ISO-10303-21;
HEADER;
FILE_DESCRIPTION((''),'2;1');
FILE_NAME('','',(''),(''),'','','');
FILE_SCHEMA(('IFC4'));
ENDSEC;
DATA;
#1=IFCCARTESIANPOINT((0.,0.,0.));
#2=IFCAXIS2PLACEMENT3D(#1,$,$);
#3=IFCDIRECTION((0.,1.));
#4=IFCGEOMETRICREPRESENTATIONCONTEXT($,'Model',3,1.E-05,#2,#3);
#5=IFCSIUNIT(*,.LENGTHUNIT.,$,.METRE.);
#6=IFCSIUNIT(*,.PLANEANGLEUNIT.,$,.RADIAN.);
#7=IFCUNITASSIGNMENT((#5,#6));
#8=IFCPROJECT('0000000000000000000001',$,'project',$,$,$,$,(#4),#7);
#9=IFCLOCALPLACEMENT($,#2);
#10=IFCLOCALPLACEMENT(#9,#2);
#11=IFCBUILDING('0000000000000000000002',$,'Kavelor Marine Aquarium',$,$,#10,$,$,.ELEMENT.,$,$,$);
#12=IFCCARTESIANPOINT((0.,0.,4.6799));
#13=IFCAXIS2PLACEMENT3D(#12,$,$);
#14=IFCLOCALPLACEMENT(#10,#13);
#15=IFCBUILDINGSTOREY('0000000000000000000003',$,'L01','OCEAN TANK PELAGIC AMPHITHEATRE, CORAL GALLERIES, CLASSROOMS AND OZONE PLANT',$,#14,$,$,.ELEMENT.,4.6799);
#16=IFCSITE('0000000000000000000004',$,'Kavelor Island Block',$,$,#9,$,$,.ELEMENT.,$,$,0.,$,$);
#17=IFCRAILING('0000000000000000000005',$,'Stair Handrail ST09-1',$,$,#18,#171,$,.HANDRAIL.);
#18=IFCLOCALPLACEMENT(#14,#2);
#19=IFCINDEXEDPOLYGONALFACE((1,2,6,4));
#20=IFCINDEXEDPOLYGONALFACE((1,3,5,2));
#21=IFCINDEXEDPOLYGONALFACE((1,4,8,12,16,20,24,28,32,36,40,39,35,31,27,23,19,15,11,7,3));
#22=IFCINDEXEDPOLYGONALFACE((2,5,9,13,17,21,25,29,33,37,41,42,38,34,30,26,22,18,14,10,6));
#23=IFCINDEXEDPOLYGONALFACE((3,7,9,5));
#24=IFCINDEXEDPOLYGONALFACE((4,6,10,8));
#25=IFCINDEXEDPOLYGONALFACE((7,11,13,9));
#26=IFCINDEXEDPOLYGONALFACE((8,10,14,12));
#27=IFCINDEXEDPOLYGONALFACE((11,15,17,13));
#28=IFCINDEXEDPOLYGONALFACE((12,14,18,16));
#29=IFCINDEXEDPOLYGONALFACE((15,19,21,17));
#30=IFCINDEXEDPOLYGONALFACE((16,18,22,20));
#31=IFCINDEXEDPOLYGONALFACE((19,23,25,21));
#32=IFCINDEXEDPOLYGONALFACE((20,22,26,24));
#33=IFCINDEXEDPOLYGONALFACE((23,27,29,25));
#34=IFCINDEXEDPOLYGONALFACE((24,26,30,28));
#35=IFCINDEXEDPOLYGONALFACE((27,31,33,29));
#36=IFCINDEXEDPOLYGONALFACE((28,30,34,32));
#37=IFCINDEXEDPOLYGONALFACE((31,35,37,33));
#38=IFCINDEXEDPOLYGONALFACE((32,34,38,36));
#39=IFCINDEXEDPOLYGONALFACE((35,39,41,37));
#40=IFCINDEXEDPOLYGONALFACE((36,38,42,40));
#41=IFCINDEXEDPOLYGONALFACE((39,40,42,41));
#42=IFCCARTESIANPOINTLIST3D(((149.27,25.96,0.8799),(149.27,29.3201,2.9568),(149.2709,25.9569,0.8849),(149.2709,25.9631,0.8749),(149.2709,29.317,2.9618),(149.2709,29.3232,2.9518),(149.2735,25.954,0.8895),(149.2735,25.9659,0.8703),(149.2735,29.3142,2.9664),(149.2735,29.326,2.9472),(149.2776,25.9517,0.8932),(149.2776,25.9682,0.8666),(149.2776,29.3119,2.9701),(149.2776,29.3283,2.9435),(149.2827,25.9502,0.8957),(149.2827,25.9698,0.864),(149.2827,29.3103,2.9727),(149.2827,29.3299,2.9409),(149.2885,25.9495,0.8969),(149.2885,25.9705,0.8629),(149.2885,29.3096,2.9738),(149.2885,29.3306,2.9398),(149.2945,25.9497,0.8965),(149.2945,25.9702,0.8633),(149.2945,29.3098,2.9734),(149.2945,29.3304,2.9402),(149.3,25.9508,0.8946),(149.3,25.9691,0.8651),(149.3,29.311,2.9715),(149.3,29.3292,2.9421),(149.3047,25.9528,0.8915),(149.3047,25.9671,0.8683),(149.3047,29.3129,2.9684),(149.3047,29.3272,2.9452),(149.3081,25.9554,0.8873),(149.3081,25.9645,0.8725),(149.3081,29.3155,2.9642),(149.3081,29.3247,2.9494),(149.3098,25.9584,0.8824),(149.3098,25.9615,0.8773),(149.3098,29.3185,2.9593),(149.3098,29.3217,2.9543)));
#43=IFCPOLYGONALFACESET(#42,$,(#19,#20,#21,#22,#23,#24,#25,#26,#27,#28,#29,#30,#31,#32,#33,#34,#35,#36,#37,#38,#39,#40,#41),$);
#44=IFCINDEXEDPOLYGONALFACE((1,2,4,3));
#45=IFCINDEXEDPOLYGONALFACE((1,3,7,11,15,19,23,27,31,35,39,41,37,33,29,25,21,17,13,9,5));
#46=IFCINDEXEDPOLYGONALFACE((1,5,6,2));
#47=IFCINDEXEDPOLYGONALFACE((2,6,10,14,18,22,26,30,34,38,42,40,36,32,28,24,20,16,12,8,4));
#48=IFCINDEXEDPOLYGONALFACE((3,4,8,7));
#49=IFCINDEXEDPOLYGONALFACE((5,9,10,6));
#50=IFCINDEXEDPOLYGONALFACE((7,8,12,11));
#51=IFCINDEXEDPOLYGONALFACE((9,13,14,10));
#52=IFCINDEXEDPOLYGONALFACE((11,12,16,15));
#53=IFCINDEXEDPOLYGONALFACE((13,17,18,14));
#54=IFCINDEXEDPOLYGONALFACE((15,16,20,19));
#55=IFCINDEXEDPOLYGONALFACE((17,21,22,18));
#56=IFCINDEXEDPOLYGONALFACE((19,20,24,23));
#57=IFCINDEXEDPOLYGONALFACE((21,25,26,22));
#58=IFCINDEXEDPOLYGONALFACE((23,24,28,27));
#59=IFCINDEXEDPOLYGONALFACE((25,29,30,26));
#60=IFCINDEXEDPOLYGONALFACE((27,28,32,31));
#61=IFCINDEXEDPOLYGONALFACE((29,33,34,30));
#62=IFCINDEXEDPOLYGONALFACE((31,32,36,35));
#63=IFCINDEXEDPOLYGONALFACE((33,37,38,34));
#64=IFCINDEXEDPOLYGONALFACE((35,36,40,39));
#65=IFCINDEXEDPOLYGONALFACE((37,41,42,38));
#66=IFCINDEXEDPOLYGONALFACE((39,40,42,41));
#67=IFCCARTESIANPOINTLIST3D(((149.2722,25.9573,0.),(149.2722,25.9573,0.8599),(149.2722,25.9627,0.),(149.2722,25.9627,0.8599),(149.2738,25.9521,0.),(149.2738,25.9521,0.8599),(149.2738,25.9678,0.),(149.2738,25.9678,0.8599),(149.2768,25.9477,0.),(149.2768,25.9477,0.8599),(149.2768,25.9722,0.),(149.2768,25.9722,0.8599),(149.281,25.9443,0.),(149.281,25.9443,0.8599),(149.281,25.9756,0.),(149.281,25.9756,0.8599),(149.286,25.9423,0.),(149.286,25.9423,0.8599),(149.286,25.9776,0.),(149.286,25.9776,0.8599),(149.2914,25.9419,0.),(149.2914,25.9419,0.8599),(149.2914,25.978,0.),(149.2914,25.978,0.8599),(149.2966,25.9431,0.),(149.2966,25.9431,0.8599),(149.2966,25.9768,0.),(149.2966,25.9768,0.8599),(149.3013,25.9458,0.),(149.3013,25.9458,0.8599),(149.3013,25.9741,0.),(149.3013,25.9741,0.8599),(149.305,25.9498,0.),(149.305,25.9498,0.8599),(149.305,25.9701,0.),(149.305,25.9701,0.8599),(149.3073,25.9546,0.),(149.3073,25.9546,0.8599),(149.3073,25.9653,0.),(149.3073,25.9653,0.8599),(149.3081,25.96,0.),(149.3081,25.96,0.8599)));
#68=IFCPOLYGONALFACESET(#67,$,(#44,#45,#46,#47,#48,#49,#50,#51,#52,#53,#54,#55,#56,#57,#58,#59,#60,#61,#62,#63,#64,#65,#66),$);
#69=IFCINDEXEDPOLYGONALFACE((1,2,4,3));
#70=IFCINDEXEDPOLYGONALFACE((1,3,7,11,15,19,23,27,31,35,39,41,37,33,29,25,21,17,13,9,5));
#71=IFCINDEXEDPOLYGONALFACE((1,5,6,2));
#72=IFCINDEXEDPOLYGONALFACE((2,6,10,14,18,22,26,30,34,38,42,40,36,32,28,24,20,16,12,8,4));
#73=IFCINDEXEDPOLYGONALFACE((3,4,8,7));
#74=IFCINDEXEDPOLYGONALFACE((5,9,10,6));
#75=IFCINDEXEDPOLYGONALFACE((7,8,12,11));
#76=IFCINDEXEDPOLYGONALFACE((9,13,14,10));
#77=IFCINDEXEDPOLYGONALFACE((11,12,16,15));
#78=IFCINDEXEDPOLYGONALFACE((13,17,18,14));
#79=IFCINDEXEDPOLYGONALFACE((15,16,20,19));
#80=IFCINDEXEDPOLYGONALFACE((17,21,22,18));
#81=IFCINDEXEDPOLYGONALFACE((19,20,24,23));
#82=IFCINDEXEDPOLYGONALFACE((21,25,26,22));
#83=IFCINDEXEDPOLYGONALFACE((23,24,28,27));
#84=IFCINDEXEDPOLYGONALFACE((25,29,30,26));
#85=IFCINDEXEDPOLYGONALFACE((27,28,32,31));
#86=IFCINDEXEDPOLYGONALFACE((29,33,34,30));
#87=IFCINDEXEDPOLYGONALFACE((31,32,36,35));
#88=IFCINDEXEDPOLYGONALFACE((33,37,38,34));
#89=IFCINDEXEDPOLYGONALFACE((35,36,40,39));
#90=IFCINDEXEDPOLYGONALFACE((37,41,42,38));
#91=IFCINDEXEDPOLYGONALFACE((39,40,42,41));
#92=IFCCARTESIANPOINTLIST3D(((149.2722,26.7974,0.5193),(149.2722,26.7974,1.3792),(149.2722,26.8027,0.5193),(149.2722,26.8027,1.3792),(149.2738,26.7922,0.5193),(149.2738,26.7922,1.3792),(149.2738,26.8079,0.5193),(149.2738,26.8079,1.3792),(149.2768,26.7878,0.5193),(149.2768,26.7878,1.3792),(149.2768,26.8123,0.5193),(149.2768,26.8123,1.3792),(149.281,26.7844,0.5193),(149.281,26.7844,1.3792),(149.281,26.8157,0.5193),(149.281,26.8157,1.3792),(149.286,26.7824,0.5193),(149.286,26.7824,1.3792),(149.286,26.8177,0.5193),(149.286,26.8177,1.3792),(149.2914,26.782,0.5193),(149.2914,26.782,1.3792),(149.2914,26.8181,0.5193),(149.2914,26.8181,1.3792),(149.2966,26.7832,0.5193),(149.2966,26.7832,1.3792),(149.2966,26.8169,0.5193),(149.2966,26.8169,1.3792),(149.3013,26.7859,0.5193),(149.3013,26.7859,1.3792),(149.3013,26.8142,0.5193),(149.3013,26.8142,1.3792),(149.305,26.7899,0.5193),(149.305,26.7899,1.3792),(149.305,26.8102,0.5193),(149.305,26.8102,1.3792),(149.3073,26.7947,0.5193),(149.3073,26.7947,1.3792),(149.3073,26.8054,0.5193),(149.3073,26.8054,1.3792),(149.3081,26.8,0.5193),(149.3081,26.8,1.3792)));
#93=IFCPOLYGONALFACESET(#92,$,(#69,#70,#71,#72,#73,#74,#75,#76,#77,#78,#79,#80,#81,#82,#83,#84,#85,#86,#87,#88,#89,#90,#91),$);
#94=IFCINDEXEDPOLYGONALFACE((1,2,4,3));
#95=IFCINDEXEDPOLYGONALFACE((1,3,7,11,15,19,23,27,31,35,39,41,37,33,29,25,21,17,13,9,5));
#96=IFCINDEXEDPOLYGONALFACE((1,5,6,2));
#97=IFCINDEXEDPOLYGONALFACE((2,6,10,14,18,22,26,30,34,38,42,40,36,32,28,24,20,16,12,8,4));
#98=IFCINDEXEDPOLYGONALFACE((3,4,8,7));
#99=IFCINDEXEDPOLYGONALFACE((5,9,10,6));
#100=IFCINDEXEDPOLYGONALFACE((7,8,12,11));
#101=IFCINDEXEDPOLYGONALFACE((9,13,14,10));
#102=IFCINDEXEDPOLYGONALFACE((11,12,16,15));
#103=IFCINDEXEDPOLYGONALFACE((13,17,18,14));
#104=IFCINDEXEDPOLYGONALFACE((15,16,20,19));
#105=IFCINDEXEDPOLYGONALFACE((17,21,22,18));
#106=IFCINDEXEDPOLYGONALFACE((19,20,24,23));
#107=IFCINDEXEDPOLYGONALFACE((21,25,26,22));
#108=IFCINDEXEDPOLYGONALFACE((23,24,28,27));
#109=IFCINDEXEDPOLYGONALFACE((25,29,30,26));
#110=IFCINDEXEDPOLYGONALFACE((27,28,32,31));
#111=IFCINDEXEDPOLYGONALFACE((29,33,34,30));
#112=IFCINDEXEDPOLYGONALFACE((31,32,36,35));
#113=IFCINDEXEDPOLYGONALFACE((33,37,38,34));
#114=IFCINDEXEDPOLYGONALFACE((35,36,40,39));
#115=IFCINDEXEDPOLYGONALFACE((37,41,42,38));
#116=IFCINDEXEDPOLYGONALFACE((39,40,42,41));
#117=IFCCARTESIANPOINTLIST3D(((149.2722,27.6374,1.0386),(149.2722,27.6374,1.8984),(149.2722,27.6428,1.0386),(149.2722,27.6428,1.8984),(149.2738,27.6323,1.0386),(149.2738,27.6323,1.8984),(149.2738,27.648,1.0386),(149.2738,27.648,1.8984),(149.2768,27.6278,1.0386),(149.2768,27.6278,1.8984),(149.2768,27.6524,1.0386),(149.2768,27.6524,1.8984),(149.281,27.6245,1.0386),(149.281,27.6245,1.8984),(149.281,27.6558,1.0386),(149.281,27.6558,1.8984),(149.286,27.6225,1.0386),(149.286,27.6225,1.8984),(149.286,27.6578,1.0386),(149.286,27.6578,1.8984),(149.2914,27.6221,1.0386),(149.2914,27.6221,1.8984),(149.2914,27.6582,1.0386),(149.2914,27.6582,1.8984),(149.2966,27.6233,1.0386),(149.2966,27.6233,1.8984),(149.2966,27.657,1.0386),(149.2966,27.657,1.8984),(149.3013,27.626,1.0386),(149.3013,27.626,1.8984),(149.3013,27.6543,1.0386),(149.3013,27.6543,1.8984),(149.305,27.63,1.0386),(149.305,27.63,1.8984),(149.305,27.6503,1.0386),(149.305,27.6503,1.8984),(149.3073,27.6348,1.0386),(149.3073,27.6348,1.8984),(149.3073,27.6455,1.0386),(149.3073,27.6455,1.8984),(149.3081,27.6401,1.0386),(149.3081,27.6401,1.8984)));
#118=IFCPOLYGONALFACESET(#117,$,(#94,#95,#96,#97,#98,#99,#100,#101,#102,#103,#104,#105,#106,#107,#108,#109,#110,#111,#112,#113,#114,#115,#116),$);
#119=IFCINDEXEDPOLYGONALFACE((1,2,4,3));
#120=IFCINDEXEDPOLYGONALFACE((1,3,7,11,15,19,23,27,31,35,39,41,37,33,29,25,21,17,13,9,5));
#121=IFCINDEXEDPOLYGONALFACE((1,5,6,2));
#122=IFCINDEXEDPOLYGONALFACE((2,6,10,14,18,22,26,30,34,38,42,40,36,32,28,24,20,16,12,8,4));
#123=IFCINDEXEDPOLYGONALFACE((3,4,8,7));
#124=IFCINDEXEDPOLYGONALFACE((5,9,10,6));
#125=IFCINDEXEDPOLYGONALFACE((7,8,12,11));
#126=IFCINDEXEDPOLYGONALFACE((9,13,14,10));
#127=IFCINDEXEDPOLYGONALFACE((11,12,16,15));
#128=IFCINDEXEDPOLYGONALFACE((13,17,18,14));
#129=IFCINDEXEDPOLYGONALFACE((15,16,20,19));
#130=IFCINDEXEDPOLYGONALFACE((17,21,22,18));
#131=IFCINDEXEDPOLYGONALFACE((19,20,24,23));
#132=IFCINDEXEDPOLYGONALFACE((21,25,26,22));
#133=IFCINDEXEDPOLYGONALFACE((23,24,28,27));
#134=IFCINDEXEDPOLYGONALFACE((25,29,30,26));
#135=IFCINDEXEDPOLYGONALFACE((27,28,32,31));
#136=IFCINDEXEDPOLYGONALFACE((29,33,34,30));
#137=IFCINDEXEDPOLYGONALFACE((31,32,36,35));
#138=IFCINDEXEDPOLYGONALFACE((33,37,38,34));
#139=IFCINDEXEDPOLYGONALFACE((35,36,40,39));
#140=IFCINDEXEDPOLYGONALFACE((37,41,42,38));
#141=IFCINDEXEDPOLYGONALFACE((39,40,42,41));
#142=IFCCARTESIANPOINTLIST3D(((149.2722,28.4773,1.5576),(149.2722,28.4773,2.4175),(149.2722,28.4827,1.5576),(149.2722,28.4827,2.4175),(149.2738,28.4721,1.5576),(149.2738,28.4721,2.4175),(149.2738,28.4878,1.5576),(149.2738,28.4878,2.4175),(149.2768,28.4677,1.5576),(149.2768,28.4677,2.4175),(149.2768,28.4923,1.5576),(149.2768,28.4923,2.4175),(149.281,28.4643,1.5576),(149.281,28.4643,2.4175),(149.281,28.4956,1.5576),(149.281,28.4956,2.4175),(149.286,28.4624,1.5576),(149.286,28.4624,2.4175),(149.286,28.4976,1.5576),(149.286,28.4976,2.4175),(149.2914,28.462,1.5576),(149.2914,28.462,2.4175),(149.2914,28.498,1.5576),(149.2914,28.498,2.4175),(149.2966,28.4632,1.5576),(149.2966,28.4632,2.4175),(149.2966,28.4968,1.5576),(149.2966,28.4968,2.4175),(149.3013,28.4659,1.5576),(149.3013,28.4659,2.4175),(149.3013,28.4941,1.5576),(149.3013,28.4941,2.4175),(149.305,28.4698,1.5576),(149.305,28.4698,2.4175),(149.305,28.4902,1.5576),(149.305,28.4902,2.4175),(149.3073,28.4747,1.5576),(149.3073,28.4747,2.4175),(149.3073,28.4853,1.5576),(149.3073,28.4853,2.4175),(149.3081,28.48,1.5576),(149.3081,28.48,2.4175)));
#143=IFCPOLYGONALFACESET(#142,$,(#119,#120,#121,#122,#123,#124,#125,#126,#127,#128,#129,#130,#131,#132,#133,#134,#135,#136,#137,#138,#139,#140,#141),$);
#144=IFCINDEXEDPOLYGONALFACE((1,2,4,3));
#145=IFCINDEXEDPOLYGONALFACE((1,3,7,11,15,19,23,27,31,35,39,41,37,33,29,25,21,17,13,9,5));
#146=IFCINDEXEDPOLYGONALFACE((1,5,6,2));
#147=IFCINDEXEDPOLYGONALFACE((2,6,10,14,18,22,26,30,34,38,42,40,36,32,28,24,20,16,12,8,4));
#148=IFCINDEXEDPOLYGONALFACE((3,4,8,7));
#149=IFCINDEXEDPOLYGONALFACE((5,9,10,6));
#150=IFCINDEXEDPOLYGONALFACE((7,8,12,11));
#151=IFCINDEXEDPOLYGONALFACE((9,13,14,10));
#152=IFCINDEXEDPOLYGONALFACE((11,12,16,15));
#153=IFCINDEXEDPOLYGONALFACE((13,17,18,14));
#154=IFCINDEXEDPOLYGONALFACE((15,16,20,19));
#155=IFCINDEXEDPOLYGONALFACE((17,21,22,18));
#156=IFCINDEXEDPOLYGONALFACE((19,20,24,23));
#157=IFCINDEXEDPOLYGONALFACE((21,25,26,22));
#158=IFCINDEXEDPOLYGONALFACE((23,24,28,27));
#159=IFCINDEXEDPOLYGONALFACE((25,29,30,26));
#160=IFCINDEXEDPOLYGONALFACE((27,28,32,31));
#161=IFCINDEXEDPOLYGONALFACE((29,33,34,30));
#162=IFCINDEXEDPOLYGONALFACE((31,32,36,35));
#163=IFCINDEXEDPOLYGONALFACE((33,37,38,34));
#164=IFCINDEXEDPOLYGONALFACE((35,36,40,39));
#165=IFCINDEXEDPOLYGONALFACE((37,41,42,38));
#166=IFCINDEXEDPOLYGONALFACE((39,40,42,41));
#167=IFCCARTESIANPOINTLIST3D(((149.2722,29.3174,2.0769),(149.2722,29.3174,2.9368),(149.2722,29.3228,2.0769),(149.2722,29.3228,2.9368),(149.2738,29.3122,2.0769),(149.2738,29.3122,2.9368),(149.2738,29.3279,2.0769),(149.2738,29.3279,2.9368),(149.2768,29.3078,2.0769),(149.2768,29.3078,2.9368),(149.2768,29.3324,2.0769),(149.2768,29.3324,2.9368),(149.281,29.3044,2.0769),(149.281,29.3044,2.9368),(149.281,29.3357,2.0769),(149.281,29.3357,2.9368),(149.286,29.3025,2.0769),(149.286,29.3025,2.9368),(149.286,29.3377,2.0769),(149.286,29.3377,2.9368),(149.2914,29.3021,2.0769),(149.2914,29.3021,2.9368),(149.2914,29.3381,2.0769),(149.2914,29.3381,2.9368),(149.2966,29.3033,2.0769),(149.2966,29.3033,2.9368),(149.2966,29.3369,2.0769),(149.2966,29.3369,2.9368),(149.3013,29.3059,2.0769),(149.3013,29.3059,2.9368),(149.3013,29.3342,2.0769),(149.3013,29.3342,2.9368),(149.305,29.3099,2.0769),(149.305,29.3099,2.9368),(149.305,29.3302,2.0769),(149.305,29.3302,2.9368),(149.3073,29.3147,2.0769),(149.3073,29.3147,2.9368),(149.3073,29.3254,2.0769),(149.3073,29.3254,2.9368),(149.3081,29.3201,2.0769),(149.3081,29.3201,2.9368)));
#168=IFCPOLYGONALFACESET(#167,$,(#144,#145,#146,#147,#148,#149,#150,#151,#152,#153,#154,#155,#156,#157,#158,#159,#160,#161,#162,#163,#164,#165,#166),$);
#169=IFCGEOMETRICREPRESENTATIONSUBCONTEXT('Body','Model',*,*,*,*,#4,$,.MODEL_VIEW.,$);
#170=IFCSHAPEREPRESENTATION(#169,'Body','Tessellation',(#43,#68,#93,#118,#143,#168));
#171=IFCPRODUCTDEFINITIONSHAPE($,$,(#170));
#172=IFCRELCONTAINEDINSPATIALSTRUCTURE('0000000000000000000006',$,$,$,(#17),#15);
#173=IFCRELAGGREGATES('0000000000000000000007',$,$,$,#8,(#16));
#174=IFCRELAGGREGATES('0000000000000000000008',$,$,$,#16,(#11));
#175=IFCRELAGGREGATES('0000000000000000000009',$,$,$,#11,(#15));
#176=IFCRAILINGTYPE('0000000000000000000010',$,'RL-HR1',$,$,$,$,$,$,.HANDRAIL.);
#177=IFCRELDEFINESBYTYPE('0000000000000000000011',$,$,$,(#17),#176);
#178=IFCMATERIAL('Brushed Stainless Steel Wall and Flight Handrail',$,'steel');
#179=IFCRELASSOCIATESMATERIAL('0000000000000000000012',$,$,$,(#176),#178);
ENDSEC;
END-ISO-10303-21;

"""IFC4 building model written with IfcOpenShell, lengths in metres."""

from ifc_helpers import new_model, si_unit, direction, frame, origin, origin_2d, place, context, subcontext, project, spatial, circle, extrude, material, type_object, element, save


model = new_model("IFC4")

# Units and contexts
model_context = context("Model", 3, precision=1e-05, world=origin(), true_north=direction((0.0, 1.0)))
body_context = subcontext(model_context, "Body", "Model", "MODEL_VIEW")
ifc_project = project(units=[si_unit("LENGTHUNIT", "METRE"), si_unit("PLANEANGLEUNIT", "RADIAN")], contexts=[model_context])

# Site, building, storey
site_placement = place(None, origin())
site = spatial("IfcSite", under=ifc_project, at=site_placement, Name="Kavelor Island Block", CompositionType="ELEMENT", RefElevation=0.0)
building_placement = place(site_placement, origin())
building = spatial("IfcBuilding", under=site, at=building_placement, Name="Kavelor Marine Aquarium", CompositionType="ELEMENT")
storey_placement = place(building_placement, frame((0.0, 0.0, 4.6799)))
storey = spatial("IfcBuildingStorey", under=building, at=storey_placement, Name="L01", Description="OCEAN TANK PELAGIC AMPHITHEATRE, CORAL GALLERIES, CLASSROOMS AND OZONE PLANT", CompositionType="ELEMENT", Elevation=4.6799)

# Railing
ifc_material_1 = material(Name="Brushed Stainless Steel Wall and Flight Handrail", Category="steel")
railing_type_1 = type_object("IfcRailingType", Name="RL-HR1", PredefinedType="HANDRAIL", material=ifc_material_1)
railing_1_placement = place(storey_placement, frame((149.29, 25.96, 0.0)))
element("IfcRailing", 1, at=railing_1_placement, inside=storey, type_object=railing_type_1, Name="Stair Handrail ST09-1", PredefinedType="HANDRAIL", context=body_context, shape_type="SweptSolid", body=[
    extrude(circle(Radius=0.02, at=origin_2d()), frame((0.0, 0.0, 0.8799), z_axis=(0.0, 0.850623, 0.525776), x_axis=(-1.0, 0.0, 0.0)), (0.0, 0.0, 1.0), 3.9502),
    extrude(circle(Radius=0.0181, at=origin_2d()), origin(), (0.0, 0.0, 1.0), 0.8599),
    extrude(circle(Radius=0.0181, at=origin_2d()), frame((0.0, 0.8401, 0.5193)), (0.0, 0.0, 1.0), 0.8599),
    extrude(circle(Radius=0.0181, at=origin_2d()), frame((0.0, 1.6802, 1.0386)), (0.0, 0.0, 1.0), 0.8599),
    extrude(circle(Radius=0.0181, at=origin_2d()), frame((0.0, 2.52, 1.5576)), (0.0, 0.0, 1.0), 0.8599),
    extrude(circle(Radius=0.0181, at=origin_2d()), frame((0.0, 3.3601, 2.0769)), (0.0, 0.0, 1.0), 0.8599),
])

save(model, "model.ifc")
